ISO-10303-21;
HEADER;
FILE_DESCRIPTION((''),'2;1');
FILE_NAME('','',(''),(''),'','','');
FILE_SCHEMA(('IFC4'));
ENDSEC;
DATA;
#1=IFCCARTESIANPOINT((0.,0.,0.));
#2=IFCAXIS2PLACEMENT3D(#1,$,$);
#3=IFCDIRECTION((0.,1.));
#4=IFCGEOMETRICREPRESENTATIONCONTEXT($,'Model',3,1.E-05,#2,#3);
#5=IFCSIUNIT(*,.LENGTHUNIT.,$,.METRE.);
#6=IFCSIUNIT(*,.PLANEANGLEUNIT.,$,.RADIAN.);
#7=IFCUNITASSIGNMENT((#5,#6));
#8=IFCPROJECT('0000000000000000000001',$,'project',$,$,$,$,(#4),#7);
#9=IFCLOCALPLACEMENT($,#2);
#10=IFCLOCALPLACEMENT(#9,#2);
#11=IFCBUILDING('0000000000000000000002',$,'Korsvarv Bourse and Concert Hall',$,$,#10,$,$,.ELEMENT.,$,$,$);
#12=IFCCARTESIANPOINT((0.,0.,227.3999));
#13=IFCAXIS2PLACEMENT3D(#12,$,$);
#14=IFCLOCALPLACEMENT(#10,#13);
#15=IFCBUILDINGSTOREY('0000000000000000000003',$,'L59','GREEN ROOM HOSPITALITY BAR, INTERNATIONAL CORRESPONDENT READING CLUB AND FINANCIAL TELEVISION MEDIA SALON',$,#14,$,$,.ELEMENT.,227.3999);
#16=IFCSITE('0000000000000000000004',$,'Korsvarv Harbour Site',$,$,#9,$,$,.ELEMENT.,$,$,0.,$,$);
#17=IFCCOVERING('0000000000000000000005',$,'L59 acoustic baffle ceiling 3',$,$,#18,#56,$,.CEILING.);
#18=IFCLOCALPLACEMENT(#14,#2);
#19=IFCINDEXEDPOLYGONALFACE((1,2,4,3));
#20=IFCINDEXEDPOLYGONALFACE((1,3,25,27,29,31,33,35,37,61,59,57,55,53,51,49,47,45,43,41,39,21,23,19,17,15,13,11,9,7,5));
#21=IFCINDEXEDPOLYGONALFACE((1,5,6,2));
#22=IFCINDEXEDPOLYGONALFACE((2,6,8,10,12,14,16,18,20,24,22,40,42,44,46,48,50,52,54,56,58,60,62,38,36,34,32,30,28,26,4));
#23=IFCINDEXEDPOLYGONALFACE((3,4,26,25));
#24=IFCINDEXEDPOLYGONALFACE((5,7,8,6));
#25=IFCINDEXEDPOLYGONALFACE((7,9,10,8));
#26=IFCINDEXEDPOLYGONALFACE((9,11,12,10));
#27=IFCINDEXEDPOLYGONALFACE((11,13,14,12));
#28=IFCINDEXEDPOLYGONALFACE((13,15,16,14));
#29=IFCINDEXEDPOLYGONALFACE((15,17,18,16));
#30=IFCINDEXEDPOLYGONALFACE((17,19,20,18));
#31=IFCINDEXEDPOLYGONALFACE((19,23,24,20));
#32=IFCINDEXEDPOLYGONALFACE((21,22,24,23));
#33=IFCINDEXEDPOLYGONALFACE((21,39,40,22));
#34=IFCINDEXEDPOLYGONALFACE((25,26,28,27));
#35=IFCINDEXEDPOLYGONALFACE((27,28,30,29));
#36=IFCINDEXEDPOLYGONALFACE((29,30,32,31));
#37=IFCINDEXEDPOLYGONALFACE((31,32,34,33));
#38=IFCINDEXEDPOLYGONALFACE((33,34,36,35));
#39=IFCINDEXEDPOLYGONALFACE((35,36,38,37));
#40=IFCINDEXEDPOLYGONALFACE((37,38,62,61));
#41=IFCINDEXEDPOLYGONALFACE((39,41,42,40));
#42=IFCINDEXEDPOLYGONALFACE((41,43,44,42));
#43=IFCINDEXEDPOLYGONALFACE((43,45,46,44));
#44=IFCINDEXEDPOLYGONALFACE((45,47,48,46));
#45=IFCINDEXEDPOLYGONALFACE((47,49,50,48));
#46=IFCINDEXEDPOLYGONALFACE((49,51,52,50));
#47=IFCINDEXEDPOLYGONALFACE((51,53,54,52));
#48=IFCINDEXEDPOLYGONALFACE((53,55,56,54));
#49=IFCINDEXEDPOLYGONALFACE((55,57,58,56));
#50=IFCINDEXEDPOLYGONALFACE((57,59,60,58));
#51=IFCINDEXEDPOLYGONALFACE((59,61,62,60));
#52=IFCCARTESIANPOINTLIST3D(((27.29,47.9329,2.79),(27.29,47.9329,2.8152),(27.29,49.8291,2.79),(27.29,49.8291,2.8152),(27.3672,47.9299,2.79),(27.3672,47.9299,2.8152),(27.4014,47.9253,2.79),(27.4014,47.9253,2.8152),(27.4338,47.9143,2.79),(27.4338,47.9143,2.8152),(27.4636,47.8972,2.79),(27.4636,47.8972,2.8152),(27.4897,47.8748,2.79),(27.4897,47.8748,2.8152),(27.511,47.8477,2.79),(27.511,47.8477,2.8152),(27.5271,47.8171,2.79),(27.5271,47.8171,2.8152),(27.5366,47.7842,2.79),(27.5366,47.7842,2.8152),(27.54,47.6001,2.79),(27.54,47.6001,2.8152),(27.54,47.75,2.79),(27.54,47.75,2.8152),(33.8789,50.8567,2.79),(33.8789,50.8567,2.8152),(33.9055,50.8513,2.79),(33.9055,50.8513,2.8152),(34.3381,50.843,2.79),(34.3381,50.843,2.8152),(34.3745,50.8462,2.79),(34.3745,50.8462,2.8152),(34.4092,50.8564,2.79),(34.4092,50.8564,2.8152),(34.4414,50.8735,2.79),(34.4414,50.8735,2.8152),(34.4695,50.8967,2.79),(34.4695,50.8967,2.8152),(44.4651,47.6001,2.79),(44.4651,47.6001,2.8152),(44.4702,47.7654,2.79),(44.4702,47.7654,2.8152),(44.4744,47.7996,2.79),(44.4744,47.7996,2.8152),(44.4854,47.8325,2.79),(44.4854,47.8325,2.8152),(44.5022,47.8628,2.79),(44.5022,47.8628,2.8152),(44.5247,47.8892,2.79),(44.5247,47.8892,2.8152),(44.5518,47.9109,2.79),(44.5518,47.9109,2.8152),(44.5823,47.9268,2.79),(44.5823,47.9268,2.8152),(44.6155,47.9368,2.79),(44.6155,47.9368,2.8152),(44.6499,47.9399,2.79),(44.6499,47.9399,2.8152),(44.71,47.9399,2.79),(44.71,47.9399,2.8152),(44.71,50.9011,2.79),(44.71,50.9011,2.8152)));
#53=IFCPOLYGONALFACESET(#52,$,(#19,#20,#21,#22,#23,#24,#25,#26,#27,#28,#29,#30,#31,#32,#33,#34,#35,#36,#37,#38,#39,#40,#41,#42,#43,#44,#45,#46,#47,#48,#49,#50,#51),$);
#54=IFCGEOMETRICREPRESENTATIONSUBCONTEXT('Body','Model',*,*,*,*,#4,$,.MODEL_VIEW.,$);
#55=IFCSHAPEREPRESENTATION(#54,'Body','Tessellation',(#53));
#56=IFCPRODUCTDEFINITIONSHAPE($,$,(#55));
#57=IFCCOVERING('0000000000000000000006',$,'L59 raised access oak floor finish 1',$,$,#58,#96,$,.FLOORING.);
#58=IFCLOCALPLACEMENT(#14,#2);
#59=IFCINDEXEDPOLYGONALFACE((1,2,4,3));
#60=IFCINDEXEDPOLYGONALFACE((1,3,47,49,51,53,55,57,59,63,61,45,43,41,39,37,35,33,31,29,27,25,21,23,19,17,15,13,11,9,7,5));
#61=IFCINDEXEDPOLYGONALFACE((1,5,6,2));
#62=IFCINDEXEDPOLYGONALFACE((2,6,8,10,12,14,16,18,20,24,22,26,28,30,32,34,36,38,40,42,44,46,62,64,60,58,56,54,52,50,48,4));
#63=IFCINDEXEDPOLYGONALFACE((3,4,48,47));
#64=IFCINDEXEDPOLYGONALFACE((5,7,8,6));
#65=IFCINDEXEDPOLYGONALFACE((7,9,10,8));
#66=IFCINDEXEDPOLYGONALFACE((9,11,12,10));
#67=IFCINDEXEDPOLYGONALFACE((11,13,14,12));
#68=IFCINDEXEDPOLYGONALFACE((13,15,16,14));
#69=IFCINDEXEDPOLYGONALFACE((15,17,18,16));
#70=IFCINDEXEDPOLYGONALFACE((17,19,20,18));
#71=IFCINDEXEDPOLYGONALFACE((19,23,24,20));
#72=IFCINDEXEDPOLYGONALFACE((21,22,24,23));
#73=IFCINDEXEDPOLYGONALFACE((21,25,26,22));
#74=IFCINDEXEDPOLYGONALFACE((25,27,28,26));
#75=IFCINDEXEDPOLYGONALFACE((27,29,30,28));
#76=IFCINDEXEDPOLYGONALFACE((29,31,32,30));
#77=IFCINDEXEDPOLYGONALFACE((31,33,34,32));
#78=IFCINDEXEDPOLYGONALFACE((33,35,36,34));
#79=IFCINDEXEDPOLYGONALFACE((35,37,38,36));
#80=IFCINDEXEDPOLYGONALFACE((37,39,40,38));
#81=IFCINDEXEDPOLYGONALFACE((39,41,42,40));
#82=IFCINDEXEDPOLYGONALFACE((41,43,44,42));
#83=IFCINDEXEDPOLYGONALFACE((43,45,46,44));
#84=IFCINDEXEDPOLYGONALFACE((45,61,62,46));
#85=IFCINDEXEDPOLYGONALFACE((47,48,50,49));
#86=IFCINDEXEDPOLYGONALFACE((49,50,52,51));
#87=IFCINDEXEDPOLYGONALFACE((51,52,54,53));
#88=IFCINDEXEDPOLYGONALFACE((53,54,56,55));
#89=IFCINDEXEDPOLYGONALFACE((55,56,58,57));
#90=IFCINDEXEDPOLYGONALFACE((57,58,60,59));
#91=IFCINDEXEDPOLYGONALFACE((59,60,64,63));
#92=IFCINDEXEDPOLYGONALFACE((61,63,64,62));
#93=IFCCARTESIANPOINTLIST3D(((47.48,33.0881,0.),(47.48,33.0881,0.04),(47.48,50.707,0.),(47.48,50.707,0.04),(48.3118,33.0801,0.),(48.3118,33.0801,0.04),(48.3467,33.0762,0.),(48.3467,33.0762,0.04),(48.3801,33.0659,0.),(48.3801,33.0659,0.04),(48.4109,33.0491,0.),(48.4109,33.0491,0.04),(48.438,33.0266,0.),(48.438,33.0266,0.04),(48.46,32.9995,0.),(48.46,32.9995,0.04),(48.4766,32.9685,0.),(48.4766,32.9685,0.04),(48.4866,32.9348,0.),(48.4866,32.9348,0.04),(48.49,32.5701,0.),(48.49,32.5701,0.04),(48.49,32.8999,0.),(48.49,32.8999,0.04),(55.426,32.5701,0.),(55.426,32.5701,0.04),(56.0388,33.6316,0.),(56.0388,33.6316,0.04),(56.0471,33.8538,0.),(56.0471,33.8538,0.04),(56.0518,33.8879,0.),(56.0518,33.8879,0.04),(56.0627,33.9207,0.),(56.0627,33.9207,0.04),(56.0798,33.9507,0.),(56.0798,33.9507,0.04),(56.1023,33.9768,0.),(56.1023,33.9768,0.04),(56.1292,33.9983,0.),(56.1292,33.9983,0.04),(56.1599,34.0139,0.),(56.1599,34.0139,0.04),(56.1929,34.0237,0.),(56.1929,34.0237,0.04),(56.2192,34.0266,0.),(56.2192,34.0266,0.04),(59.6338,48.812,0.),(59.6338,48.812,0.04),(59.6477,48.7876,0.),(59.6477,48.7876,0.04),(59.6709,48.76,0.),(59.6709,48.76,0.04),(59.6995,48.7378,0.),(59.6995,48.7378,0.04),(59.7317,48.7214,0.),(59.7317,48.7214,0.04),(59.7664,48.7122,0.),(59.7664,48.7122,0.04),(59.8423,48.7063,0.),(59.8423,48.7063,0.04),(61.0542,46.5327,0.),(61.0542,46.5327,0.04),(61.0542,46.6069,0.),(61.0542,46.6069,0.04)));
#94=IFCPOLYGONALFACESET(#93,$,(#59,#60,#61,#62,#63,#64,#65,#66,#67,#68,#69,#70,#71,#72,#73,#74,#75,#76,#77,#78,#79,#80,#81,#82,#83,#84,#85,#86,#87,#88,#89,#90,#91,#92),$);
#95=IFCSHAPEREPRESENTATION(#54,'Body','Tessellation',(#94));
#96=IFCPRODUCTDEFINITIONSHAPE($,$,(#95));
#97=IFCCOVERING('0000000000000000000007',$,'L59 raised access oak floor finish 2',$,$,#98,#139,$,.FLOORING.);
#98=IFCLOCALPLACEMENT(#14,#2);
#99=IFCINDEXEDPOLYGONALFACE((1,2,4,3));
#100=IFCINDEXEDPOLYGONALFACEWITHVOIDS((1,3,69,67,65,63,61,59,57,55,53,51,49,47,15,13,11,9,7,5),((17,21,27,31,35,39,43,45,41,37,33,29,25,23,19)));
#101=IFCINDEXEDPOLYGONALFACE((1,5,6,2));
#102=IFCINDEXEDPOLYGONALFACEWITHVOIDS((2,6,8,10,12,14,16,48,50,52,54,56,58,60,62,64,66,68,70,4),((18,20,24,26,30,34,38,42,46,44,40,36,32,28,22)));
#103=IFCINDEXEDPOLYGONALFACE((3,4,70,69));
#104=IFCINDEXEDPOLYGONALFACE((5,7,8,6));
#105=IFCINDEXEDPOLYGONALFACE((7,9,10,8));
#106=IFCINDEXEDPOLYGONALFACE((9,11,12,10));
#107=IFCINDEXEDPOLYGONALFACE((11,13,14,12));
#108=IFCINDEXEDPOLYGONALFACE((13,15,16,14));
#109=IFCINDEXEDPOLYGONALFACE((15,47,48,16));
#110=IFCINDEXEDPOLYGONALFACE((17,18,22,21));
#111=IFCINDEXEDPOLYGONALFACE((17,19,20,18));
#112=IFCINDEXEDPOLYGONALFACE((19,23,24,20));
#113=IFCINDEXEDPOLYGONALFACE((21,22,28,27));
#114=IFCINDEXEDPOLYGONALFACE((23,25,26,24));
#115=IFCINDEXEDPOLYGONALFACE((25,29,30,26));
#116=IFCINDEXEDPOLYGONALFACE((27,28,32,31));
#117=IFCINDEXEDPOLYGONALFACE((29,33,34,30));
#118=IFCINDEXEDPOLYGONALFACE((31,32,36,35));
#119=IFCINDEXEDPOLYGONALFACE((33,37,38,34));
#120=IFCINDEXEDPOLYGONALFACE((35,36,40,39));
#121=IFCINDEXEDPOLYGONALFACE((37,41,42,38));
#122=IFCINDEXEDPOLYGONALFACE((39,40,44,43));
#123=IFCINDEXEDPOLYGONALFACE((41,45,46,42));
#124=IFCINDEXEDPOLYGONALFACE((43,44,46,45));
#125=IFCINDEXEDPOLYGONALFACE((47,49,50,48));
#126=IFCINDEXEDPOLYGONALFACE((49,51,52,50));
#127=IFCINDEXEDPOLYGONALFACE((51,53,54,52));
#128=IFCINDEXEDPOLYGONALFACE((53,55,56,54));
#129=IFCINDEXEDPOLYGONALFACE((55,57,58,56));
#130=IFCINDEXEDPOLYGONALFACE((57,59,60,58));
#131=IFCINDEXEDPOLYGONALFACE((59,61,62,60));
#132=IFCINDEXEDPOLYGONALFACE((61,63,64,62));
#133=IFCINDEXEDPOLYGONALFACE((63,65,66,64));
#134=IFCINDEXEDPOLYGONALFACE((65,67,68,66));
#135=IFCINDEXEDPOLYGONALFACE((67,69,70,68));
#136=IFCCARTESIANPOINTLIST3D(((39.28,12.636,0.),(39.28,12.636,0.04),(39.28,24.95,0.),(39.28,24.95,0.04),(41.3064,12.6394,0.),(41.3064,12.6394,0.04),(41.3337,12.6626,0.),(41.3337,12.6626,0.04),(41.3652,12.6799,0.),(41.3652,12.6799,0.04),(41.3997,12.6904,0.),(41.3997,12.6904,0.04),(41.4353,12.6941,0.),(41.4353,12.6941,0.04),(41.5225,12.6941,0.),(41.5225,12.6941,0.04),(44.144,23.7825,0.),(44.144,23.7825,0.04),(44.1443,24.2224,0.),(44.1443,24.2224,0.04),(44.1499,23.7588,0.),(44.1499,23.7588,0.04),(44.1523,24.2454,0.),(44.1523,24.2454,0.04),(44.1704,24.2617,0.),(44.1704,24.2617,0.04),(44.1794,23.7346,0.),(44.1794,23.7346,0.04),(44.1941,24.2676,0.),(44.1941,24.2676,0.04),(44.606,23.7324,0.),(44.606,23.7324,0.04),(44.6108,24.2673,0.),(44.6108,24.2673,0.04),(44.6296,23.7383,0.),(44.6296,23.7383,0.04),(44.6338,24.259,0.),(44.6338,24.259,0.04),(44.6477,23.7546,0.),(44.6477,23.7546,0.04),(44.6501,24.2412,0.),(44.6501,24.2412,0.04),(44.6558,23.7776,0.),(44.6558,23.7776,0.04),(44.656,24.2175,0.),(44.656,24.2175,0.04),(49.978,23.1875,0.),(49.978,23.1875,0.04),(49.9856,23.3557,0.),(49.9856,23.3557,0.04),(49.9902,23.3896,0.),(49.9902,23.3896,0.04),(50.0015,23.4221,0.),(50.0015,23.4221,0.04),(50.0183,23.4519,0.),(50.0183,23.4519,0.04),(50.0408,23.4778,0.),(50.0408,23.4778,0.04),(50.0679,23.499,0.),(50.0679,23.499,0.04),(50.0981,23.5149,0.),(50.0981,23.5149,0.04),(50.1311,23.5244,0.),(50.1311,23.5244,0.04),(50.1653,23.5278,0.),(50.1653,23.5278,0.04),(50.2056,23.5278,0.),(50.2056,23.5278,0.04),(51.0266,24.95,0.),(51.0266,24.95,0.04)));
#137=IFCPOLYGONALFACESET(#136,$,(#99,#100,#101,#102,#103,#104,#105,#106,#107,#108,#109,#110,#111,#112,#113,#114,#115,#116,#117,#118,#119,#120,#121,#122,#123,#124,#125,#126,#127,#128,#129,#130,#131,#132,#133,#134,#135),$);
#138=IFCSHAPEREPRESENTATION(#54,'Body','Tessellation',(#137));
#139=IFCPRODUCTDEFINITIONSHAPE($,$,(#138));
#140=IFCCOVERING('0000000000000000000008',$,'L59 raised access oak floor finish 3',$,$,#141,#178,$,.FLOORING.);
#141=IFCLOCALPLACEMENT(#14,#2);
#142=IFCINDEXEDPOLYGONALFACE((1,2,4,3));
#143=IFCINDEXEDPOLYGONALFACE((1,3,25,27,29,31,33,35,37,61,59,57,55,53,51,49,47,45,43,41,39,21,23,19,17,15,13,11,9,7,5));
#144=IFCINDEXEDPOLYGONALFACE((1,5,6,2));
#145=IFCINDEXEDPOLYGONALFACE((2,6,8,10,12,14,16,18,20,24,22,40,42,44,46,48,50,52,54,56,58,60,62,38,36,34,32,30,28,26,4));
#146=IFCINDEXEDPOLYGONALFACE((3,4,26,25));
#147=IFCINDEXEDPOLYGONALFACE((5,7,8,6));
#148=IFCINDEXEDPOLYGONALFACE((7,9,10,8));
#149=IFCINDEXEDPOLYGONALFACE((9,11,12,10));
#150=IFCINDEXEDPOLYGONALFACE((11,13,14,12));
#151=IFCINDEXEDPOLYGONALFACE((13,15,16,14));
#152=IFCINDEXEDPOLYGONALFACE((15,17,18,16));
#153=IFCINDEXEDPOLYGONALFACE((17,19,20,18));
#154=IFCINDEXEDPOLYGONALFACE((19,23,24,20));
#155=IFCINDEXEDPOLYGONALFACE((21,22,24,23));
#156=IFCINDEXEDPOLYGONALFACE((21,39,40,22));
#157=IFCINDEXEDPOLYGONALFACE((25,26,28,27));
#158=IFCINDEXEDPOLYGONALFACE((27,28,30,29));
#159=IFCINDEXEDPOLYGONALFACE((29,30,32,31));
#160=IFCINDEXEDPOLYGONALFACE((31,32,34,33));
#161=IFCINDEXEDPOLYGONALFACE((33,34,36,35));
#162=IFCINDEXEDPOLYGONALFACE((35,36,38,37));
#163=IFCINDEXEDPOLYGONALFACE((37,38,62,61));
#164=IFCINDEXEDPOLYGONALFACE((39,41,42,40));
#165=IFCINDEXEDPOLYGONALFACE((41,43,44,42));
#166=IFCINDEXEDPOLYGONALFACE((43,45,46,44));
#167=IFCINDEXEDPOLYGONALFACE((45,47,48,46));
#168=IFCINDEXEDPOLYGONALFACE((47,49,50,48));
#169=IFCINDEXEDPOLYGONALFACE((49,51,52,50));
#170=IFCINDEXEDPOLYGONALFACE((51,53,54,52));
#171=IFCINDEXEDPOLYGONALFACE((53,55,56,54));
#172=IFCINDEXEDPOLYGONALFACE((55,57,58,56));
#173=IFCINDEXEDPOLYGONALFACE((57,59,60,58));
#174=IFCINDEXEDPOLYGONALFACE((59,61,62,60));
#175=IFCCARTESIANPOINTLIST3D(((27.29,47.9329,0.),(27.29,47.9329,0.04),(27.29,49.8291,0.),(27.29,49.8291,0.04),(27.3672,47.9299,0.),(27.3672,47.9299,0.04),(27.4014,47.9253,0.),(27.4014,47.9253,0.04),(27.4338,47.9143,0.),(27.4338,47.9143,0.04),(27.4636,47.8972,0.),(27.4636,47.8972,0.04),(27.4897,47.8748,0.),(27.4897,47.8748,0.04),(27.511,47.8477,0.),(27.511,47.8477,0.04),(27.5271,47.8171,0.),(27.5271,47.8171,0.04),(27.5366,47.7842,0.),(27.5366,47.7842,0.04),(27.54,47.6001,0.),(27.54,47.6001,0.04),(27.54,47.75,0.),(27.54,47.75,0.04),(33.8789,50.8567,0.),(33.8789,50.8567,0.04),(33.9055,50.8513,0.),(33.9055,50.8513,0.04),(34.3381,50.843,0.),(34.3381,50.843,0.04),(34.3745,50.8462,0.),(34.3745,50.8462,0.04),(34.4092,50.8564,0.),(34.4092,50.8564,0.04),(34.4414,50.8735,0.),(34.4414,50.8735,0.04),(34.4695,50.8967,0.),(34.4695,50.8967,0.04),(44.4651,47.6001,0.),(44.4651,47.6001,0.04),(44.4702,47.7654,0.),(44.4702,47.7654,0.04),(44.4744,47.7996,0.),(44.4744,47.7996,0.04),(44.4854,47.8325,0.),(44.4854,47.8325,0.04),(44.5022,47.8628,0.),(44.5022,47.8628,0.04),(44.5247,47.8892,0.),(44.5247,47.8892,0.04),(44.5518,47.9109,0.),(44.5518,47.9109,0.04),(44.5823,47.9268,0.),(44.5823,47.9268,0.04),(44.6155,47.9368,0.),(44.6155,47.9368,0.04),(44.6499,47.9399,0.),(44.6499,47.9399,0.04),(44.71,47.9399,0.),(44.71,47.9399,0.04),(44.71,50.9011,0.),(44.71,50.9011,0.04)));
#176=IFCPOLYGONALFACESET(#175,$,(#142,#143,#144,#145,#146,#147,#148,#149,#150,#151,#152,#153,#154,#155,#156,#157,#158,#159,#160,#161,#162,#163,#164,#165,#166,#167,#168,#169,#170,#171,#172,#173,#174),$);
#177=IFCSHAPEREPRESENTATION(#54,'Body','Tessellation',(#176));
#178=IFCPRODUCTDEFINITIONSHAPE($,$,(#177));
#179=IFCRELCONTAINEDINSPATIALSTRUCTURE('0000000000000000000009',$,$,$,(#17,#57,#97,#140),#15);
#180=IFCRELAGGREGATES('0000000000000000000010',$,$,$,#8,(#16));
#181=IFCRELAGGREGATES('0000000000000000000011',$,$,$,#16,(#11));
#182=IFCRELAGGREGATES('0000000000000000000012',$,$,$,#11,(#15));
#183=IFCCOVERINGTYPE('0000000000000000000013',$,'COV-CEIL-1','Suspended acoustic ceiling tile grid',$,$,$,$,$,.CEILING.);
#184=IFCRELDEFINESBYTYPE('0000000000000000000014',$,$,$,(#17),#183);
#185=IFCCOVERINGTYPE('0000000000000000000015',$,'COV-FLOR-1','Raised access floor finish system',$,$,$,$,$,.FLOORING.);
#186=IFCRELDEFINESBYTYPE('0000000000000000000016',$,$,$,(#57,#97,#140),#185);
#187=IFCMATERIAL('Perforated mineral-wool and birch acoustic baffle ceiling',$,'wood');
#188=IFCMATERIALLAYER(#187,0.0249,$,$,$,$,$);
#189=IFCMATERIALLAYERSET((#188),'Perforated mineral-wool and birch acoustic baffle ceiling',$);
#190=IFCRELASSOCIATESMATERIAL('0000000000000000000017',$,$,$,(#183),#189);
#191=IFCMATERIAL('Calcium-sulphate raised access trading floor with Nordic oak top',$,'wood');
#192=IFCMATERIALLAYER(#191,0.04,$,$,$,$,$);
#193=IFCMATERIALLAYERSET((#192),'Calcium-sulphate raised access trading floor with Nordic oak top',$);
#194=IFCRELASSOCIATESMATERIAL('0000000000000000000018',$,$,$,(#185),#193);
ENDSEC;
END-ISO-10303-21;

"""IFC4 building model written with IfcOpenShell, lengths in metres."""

from ifc_helpers import new_model, si_unit, direction, frame, origin, place, context, subcontext, project, spatial, polyline, outline, extrude, material, layer, layer_set, type_object, element, save


model = new_model("IFC4")

# Units and contexts
model_context = context("Model", 3, precision=1e-05, world=origin(), true_north=direction((0.0, 1.0)))
body_context = subcontext(model_context, "Body", "Model", "MODEL_VIEW")
ifc_project = project(units=[si_unit("LENGTHUNIT", "METRE"), si_unit("PLANEANGLEUNIT", "RADIAN")], contexts=[model_context])

# Site, building, storey
site_placement = place(None, origin())
site = spatial("IfcSite", under=ifc_project, at=site_placement, Name="Korsvarv Harbour Site", CompositionType="ELEMENT", RefElevation=0.0)
building_placement = place(site_placement, origin())
building = spatial("IfcBuilding", under=site, at=building_placement, Name="Korsvarv Bourse and Concert Hall", CompositionType="ELEMENT")
storey_placement = place(building_placement, frame((0.0, 0.0, 227.3999)))
storey = spatial("IfcBuildingStorey", under=building, at=storey_placement, Name="L59", Description="GREEN ROOM HOSPITALITY BAR, INTERNATIONAL CORRESPONDENT READING CLUB AND FINANCIAL TELEVISION MEDIA SALON", CompositionType="ELEMENT", Elevation=227.3999)

# Coverings
ifc_material_1 = material(Name="Perforated mineral-wool and birch acoustic baffle ceiling", Category="wood")
ifc_layer_1 = layer(ifc_material_1, 0.0249)
ifc_layer_set_1 = layer_set([ifc_layer_1], Name="Perforated mineral-wool and birch acoustic baffle ceiling")
covering_type_1 = type_object("IfcCoveringType", Name="COV-CEIL-1", Description="Suspended acoustic ceiling tile grid", PredefinedType="CEILING", material=ifc_layer_set_1)
covering_1_placement = place(storey_placement, frame((0.0, 0.0, 2.79)))
element("IfcCovering", 1, at=covering_1_placement, inside=storey, type_object=covering_type_1, Name="L59 acoustic baffle ceiling 3", PredefinedType="CEILING", context=body_context, shape_type="SweptSolid", body=[
    extrude(outline(polyline([(33.8789, 50.8567), (33.9055, 50.8513), (34.3381, 50.843), (34.3745, 50.8462), (34.4092, 50.8564), (34.4414, 50.8735), (34.4695, 50.8967), (44.71, 50.9011), (44.71, 47.9399), (44.6499, 47.9399), (44.6155, 47.9368), (44.5823, 47.9268), (44.5518, 47.9109), (44.5247, 47.8892), (44.5022, 47.8628), (44.4854, 47.8325), (44.4744, 47.7996), (44.4702, 47.7654), (44.4651, 47.6001), (27.54, 47.6001), (27.54, 47.75), (27.5366, 47.7842), (27.5271, 47.8171), (27.511, 47.8477), (27.4897, 47.8748), (27.4636, 47.8972), (27.4338, 47.9143), (27.4014, 47.9253), (27.3672, 47.9299), (27.29, 47.9329), (27.29, 49.8291), (33.8789, 50.8567)])), origin(), (0.0, 0.0, 1.0), 0.0251),
])
ifc_material_2 = material(Name="Calcium-sulphate raised access trading floor with Nordic oak top", Category="wood")
ifc_layer_2 = layer(ifc_material_2, 0.04)
ifc_layer_set_2 = layer_set([ifc_layer_2], Name="Calcium-sulphate raised access trading floor with Nordic oak top")
covering_type_2 = type_object("IfcCoveringType", Name="COV-FLOR-1", Description="Raised access floor finish system", PredefinedType="FLOORING", material=ifc_layer_set_2)
covering_2_placement = place(storey_placement, origin())
element("IfcCovering", 2, at=covering_2_placement, inside=storey, type_object=covering_type_2, Name="L59 raised access oak floor finish 1", PredefinedType="FLOORING", context=body_context, shape_type="SweptSolid", body=[
    extrude(outline(polyline([(48.49, 32.5701), (48.49, 32.8999), (48.4866, 32.9348), (48.4766, 32.9685), (48.46, 32.9995), (48.438, 33.0266), (48.4109, 33.0491), (48.3801, 33.0659), (48.3467, 33.0762), (48.3118, 33.0801), (47.48, 33.0881), (47.48, 50.707), (59.6338, 48.812), (59.6477, 48.7876), (59.6709, 48.76), (59.6995, 48.7378), (59.7317, 48.7214), (59.7664, 48.7122), (59.8423, 48.7063), (61.0542, 46.6069), (61.0542, 46.5327), (56.2192, 34.0266), (56.1929, 34.0237), (56.1599, 34.0139), (56.1292, 33.9983), (56.1023, 33.9768), (56.0798, 33.9507), (56.0627, 33.9207), (56.0518, 33.8879), (56.0471, 33.8538), (56.0388, 33.6316), (55.426, 32.5701), (48.49, 32.5701)])), origin(), (0.0, 0.0, 1.0), 0.04),
])
covering_3_placement = place(storey_placement, origin())
element("IfcCovering", 3, at=covering_3_placement, inside=storey, type_object=covering_type_2, Name="L59 raised access oak floor finish 2", PredefinedType="FLOORING", context=body_context, shape_type="SweptSolid", body=[
    extrude(outline(polyline([(51.0266, 24.95), (50.2056, 23.5278), (50.1653, 23.5278), (50.1311, 23.5244), (50.0981, 23.5149), (50.0679, 23.499), (50.0408, 23.4778), (50.0183, 23.4519), (50.0015, 23.4221), (49.9902, 23.3896), (49.9856, 23.3557), (49.978, 23.1875), (41.5225, 12.6941), (41.4353, 12.6941), (41.3997, 12.6904), (41.3652, 12.6799), (41.3337, 12.6626), (41.3064, 12.6394), (39.28, 12.636), (39.28, 24.95), (51.0266, 24.95)]), holes=[polyline([(44.1794, 23.7346), (44.606, 23.7324), (44.6296, 23.7383), (44.6477, 23.7546), (44.6558, 23.7776), (44.656, 24.2175), (44.6501, 24.2412), (44.6338, 24.259), (44.6108, 24.2673), (44.1941, 24.2676), (44.1704, 24.2617), (44.1523, 24.2454), (44.1443, 24.2224), (44.144, 23.7825), (44.1499, 23.7588), (44.1794, 23.7346)])]), origin(), (0.0, 0.0, 1.0), 0.04),
])
covering_4_placement = place(storey_placement, origin())
element("IfcCovering", 4, at=covering_4_placement, inside=storey, type_object=covering_type_2, Name="L59 raised access oak floor finish 3", PredefinedType="FLOORING", context=body_context, shape_type="SweptSolid", body=[
    extrude(outline(polyline([(33.8789, 50.8567), (33.9055, 50.8513), (34.3381, 50.843), (34.3745, 50.8462), (34.4092, 50.8564), (34.4414, 50.8735), (34.4695, 50.8967), (44.71, 50.9011), (44.71, 47.9399), (44.6499, 47.9399), (44.6155, 47.9368), (44.5823, 47.9268), (44.5518, 47.9109), (44.5247, 47.8892), (44.5022, 47.8628), (44.4854, 47.8325), (44.4744, 47.7996), (44.4702, 47.7654), (44.4651, 47.6001), (27.54, 47.6001), (27.54, 47.75), (27.5366, 47.7842), (27.5271, 47.8171), (27.511, 47.8477), (27.4897, 47.8748), (27.4636, 47.8972), (27.4338, 47.9143), (27.4014, 47.9253), (27.3672, 47.9299), (27.29, 47.9329), (27.29, 49.8291), (33.8789, 50.8567)])), origin(), (0.0, 0.0, 1.0), 0.04),
])

save(model, "model.ifc")
